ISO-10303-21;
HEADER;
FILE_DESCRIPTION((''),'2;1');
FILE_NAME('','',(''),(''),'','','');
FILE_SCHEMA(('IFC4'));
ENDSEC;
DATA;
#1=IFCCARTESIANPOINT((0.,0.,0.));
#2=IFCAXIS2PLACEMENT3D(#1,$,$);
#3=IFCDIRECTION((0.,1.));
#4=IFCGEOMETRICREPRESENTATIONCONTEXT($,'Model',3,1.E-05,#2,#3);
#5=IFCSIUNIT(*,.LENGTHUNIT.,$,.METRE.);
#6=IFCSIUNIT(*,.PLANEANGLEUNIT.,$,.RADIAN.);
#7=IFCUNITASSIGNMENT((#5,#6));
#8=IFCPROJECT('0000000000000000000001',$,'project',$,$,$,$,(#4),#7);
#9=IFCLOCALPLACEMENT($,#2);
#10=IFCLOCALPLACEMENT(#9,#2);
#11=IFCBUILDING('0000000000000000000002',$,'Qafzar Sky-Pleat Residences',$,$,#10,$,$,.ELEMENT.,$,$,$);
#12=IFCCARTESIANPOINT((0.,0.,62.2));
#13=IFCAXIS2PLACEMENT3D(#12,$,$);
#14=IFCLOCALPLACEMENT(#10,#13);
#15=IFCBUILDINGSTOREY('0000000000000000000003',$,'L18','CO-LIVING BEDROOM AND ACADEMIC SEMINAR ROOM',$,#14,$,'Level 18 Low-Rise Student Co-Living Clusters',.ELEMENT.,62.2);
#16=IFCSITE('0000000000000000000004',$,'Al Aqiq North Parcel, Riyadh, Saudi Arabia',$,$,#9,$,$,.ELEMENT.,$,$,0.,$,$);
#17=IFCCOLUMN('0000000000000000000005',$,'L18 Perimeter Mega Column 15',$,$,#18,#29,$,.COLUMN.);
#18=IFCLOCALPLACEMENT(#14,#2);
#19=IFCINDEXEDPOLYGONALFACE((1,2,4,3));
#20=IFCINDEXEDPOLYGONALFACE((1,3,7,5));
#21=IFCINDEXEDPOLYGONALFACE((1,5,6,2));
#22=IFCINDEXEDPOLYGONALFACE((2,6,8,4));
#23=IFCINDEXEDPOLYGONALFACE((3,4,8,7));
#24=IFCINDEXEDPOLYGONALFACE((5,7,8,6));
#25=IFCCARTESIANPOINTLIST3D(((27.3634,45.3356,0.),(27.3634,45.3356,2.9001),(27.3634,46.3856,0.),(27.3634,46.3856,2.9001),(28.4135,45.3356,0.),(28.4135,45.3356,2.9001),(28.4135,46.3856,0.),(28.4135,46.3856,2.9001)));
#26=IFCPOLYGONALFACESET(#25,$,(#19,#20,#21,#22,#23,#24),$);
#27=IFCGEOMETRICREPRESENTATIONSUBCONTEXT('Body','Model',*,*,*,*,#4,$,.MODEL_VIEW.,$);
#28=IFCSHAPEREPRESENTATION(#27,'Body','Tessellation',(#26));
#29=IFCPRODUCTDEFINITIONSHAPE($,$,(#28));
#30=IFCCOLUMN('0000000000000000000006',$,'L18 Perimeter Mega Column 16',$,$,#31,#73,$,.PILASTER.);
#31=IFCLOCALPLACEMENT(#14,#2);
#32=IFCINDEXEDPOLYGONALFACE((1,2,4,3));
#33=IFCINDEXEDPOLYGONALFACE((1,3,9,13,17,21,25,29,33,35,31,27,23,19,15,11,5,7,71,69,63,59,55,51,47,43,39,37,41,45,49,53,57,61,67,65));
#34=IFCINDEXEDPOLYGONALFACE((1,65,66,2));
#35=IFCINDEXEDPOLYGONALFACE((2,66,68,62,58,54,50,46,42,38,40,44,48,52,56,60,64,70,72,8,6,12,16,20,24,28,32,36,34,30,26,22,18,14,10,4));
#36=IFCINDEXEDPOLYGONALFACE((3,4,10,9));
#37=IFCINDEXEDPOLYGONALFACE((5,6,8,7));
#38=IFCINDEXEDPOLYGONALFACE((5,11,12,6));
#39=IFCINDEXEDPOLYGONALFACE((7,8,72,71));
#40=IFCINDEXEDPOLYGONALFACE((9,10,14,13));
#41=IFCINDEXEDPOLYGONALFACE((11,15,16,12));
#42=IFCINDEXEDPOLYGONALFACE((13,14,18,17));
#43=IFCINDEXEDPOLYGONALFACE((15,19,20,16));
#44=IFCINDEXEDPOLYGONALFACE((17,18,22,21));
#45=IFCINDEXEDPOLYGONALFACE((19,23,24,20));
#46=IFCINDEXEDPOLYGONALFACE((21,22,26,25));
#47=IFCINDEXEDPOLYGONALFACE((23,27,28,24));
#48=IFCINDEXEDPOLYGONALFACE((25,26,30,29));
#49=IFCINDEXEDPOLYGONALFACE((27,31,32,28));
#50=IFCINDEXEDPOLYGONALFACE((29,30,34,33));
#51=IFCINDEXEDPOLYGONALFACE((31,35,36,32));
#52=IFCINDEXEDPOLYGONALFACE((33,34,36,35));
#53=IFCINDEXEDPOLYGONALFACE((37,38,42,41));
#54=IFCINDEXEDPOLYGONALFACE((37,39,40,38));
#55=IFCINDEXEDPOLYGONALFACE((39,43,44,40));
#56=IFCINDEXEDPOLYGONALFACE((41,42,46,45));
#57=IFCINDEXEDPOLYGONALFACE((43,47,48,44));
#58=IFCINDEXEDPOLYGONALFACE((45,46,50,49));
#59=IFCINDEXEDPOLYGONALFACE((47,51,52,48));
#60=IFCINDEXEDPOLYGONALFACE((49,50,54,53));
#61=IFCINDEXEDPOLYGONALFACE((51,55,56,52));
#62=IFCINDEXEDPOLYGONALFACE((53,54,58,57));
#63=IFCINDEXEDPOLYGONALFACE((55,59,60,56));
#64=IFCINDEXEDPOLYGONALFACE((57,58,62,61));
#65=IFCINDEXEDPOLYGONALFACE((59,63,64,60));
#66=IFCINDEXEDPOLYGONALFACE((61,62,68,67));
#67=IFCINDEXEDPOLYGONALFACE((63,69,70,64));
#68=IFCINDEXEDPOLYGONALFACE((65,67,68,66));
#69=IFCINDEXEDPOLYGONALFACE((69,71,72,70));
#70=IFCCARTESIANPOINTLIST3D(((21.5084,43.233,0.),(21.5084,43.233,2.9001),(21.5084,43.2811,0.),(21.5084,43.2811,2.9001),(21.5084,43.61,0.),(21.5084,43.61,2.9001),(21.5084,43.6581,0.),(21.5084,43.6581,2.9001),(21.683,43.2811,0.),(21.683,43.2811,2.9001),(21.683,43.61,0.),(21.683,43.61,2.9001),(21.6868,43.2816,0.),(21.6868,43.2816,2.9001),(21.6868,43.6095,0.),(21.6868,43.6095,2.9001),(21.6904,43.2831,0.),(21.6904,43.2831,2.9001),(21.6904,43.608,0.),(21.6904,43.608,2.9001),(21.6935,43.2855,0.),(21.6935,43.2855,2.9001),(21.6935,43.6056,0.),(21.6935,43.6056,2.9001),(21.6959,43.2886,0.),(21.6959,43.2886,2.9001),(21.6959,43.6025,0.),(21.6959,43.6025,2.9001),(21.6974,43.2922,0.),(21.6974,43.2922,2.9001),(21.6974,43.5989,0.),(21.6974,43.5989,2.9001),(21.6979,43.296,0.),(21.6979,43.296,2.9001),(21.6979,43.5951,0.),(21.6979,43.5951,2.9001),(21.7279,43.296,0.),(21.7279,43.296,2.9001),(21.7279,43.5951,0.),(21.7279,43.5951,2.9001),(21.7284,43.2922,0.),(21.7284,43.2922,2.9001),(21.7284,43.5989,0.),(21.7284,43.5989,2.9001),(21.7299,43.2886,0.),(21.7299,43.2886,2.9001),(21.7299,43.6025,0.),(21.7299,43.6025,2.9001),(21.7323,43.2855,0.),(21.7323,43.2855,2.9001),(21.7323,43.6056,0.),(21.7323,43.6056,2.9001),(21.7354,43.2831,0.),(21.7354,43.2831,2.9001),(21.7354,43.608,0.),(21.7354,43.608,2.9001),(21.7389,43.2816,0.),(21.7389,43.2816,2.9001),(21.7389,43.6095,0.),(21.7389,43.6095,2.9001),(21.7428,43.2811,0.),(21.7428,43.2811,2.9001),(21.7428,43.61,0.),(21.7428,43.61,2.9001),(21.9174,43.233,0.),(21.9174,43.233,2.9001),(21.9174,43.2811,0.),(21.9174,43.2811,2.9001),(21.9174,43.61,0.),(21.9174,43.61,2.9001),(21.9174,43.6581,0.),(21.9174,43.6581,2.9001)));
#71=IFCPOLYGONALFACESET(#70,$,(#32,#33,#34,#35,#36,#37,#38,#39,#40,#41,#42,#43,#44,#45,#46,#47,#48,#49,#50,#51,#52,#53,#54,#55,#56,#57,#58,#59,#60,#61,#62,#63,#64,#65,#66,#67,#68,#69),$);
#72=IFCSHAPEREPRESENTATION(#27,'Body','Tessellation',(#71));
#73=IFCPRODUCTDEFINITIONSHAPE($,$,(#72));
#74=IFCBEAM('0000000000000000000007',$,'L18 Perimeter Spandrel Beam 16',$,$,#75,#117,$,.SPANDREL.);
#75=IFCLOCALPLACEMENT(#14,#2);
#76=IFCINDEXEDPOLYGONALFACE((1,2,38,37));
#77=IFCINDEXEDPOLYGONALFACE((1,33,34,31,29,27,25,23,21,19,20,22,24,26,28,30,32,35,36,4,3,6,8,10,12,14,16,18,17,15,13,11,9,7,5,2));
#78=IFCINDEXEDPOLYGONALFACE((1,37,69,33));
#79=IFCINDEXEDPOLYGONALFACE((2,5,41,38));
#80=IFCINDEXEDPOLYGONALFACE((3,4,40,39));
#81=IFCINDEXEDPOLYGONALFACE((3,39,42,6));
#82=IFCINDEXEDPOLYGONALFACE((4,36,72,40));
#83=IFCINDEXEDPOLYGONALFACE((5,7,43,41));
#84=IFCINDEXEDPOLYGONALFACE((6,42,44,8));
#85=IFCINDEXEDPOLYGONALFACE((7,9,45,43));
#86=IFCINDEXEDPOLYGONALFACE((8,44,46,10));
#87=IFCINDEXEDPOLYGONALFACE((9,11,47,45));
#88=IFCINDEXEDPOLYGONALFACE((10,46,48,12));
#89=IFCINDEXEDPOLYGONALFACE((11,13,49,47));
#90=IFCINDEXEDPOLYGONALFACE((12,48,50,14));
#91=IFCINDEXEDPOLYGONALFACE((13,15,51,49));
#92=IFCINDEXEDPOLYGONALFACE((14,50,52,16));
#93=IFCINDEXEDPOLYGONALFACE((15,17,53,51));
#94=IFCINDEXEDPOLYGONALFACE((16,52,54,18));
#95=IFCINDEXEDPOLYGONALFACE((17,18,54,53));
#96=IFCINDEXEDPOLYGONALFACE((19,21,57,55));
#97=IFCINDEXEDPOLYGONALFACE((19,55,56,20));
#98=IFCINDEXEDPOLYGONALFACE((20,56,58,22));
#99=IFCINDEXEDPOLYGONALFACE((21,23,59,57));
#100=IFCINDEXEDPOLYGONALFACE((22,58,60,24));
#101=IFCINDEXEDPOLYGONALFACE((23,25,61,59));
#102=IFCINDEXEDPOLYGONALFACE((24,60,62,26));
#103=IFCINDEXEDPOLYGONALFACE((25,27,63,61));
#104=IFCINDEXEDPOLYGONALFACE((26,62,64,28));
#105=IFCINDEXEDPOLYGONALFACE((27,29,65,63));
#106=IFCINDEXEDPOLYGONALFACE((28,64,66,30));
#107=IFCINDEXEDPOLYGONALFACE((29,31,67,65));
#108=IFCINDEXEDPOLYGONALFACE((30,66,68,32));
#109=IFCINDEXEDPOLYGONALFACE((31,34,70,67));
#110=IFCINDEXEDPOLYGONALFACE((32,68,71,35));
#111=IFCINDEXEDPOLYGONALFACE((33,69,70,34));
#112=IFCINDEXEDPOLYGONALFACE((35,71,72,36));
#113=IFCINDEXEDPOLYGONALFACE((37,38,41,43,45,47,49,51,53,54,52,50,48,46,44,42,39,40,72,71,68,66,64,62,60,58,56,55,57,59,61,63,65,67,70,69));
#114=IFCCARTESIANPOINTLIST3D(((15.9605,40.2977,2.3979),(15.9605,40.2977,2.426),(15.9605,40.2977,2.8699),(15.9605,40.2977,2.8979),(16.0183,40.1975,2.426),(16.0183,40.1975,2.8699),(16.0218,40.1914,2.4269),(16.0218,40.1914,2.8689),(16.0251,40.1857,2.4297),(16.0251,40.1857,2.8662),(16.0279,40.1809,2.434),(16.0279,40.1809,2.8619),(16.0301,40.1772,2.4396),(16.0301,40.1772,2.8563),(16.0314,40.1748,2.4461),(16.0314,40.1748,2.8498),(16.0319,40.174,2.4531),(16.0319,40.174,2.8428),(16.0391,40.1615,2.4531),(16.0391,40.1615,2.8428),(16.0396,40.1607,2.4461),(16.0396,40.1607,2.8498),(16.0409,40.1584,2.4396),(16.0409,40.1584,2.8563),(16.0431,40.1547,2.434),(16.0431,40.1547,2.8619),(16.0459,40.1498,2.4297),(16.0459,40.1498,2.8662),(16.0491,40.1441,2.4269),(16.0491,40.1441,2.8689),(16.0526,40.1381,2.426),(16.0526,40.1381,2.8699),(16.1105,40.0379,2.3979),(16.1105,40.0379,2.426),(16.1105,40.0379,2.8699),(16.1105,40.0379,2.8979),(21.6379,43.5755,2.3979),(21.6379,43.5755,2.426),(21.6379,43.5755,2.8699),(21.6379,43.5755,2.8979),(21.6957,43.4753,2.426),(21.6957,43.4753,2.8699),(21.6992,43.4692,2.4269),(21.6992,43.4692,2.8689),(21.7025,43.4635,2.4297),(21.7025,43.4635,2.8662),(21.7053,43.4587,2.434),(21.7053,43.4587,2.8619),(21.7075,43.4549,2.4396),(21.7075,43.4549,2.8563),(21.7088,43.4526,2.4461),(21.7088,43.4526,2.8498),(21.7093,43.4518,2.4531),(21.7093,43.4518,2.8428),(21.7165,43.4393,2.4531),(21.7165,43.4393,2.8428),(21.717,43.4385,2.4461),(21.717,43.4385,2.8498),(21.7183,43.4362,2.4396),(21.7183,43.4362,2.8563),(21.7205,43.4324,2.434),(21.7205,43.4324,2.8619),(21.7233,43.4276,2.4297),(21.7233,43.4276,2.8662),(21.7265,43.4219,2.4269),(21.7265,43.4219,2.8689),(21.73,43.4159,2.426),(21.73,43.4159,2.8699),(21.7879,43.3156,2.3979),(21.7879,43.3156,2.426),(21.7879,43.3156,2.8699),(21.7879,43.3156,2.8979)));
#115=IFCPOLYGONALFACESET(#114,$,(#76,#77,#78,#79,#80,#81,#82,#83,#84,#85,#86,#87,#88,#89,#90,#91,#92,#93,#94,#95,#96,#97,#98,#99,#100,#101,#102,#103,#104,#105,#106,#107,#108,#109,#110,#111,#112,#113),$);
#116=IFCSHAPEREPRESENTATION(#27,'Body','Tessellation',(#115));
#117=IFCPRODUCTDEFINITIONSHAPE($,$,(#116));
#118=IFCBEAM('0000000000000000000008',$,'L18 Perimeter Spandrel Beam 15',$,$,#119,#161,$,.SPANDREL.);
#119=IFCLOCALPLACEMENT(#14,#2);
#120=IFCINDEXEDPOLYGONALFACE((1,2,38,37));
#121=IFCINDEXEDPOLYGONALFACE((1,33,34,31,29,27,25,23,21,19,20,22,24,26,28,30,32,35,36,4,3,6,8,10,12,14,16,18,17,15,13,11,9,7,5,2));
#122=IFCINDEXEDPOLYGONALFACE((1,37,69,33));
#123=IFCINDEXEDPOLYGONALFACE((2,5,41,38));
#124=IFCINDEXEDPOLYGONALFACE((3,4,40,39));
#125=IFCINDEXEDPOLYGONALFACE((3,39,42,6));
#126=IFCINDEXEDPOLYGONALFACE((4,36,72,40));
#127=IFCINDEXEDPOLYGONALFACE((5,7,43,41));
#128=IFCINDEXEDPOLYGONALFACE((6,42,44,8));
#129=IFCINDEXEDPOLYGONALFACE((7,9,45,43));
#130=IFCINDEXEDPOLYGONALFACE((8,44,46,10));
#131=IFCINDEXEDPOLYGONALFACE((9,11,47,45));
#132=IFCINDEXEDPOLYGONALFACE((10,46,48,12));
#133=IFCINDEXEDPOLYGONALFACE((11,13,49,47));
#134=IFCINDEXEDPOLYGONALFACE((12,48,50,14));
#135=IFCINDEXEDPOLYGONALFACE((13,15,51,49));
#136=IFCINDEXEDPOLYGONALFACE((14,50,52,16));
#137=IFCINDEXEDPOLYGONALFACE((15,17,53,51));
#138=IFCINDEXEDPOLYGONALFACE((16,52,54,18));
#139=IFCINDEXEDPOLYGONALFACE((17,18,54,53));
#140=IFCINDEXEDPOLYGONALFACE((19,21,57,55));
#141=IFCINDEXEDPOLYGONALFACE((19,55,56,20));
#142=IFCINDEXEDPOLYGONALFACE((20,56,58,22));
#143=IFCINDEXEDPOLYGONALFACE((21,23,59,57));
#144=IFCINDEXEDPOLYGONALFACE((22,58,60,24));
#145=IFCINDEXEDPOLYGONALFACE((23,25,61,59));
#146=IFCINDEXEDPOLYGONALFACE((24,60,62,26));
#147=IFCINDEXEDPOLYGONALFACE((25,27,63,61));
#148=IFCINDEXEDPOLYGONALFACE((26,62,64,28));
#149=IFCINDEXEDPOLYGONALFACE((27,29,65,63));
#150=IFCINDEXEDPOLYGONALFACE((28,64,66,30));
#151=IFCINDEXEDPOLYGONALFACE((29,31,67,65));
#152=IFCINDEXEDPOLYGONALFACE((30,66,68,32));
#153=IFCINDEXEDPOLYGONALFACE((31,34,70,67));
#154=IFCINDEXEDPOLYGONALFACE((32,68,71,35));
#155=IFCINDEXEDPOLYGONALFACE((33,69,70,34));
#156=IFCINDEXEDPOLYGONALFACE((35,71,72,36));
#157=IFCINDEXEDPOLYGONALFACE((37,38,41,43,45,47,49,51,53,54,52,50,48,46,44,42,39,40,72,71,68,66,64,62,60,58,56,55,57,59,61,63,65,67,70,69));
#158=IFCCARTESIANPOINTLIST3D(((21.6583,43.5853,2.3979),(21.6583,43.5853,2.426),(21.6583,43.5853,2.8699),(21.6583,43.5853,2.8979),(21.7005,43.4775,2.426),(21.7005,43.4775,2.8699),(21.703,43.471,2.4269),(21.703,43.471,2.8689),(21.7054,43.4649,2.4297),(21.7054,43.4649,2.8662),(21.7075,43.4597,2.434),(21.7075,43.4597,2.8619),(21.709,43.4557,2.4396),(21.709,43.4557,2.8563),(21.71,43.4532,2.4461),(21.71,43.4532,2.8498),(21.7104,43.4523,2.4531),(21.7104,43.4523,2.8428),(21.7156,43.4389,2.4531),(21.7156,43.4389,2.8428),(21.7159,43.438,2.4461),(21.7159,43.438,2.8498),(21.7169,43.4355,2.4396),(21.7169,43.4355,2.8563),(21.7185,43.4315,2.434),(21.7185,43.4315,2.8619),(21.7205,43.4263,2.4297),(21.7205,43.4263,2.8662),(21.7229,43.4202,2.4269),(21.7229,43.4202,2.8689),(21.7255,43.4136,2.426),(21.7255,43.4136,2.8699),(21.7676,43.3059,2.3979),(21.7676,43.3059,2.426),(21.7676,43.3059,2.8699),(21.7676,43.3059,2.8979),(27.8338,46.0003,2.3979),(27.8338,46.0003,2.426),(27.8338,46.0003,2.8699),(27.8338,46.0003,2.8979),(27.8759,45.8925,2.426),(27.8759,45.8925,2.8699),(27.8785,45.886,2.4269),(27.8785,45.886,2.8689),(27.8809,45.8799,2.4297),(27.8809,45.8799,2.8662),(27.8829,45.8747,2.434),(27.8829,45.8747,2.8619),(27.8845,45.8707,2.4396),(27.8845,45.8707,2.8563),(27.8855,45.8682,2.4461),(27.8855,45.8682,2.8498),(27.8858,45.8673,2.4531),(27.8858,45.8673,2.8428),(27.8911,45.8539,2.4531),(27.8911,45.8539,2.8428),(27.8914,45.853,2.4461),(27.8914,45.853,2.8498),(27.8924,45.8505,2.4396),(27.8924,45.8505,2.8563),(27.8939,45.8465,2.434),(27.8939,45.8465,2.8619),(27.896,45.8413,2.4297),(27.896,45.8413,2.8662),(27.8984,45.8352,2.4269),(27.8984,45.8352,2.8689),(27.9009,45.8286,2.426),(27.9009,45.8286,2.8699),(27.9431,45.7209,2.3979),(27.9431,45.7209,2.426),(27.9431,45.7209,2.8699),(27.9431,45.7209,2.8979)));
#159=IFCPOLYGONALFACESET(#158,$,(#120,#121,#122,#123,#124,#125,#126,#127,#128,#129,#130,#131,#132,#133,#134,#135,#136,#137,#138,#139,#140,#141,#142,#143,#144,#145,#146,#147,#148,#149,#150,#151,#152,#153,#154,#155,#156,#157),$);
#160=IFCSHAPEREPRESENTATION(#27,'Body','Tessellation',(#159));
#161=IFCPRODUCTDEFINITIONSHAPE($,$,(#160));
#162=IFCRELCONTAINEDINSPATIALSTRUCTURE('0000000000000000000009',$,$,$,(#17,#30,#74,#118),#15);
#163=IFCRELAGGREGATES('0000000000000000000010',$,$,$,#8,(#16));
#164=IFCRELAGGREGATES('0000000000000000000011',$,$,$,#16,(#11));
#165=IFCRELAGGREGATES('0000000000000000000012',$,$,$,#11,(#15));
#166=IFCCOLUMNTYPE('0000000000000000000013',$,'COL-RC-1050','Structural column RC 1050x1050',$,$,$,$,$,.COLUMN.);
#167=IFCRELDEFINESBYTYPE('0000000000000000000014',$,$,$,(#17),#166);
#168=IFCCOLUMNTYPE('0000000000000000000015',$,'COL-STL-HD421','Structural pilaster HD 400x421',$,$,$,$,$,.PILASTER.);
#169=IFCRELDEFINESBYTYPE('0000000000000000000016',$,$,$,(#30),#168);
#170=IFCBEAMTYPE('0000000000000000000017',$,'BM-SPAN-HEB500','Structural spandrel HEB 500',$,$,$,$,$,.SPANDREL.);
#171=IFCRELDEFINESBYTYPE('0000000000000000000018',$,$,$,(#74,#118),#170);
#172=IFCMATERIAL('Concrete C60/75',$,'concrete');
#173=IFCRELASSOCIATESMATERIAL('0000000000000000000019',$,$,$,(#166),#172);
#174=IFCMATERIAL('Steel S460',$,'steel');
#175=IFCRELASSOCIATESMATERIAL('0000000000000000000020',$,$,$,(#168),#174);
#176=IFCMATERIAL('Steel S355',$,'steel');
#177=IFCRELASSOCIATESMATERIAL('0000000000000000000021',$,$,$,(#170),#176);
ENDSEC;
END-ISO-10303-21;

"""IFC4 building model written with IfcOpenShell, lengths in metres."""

from ifc_helpers import new_model, si_unit, direction, frame, origin, origin_2d, place, context, subcontext, project, spatial, rectangle, i_section, extrude, source, transform, mapped, material, material_profile, profile_set, type_object, element, save


model = new_model("IFC4")

# Units and contexts
model_context = context("Model", 3, precision=1e-05, world=origin(), true_north=direction((0.0, 1.0)))
body_context = subcontext(model_context, "Body", "Model", "MODEL_VIEW")
ifc_project = project(units=[si_unit("LENGTHUNIT", "METRE"), si_unit("PLANEANGLEUNIT", "RADIAN")], contexts=[model_context])

# Site, building, storey
site_placement = place(None, origin())
site = spatial("IfcSite", under=ifc_project, at=site_placement, Name="Al Aqiq North Parcel, Riyadh, Saudi Arabia", CompositionType="ELEMENT", RefElevation=0.0)
building_placement = place(site_placement, origin())
building = spatial("IfcBuilding", under=site, at=building_placement, Name="Qafzar Sky-Pleat Residences", CompositionType="ELEMENT")
storey_placement = place(building_placement, frame((0.0, 0.0, 62.2)))
storey = spatial("IfcBuildingStorey", under=building, at=storey_placement, Name="L18", Description="CO-LIVING BEDROOM AND ACADEMIC SEMINAR ROOM", LongName="Level 18 Low-Rise Student Co-Living Clusters", CompositionType="ELEMENT", Elevation=62.2)

# Columns
ifc_material_1 = material(Name="Concrete C60/75", Category="concrete")
ifc_material_profile_1 = material_profile(ifc_material_1, rectangle(XDim=1.05, YDim=1.05, at=origin_2d()), Name="RC 1050x1050")
ifc_profile_set_1 = profile_set([ifc_material_profile_1], Name="Concrete C60/75")
column_type_1 = type_object("IfcColumnType", Name="COL-RC-1050", Description="Structural column RC 1050x1050", PredefinedType="COLUMN", material=ifc_profile_set_1)
shared_shape_1 = source(origin(), body_context, "Body", "SweptSolid", [
    extrude(rectangle(XDim=1.05, YDim=1.05, at=origin_2d()), origin(), (0.0, 0.0, 1.0), 2.9001),
])
column_1_placement = place(storey_placement, frame((27.8884, 45.8606, 0.0), z_axis=(0.0, 0.0, 1.0), x_axis=(1.0, 0.0, 0.0)))
element("IfcColumn", 1, at=column_1_placement, inside=storey, type_object=column_type_1, Name="L18 Perimeter Mega Column 15", PredefinedType="COLUMN", context=body_context, shape_type="MappedRepresentation", body=[
    mapped(shared_shape_1, transform((0.0, 0.0, 0.0), x_axis=(1.0, 0.0, 0.0), y_axis=(0.0, 1.0, 0.0), z_axis=(0.0, 0.0, 1.0), scale=1.0)),
])
ifc_material_2 = material(Name="Steel S460", Category="steel")
ifc_material_profile_2 = material_profile(ifc_material_2, i_section(OverallWidth=0.4089, OverallDepth=0.425, WebThickness=0.03, FlangeThickness=0.0481, FilletRadius=0.0149, at=origin_2d()), Name="HD 400x421")
ifc_profile_set_2 = profile_set([ifc_material_profile_2], Name="Steel S460")
column_type_2 = type_object("IfcColumnType", Name="COL-STL-HD421", Description="Structural pilaster HD 400x421", PredefinedType="PILASTER", material=ifc_profile_set_2)
shared_shape_2 = source(origin(), body_context, "Body", "SweptSolid", [
    extrude(i_section(OverallWidth=0.4089, OverallDepth=0.425, WebThickness=0.03, FlangeThickness=0.0481, FilletRadius=0.0149, at=origin_2d()), origin(), (0.0, 0.0, 1.0), 2.9001),
])
column_2_placement = place(storey_placement, frame((21.7129, 43.4456, 0.0), z_axis=(0.0, 0.0, 1.0), x_axis=(1.0, 0.0, 0.0)))
element("IfcColumn", 2, at=column_2_placement, inside=storey, type_object=column_type_2, Name="L18 Perimeter Mega Column 16", PredefinedType="PILASTER", context=body_context, shape_type="MappedRepresentation", body=[
    mapped(shared_shape_2, transform((0.0, 0.0, 0.0), x_axis=(1.0, 0.0, 0.0), y_axis=(0.0, 1.0, 0.0), z_axis=(0.0, 0.0, 1.0), scale=1.0)),
])

# Beams
ifc_material_3 = material(Name="Steel S355", Category="steel")
ifc_material_profile_3 = material_profile(ifc_material_3, i_section(OverallWidth=0.3, OverallDepth=0.5, WebThickness=0.0144, FlangeThickness=0.0281, FilletRadius=0.0271, at=origin_2d()), Name="HEB 500")
ifc_profile_set_3 = profile_set([ifc_material_profile_3], Name="Steel S355")
beam_type_1 = type_object("IfcBeamType", Name="BM-SPAN-HEB500", Description="Structural spandrel HEB 500", PredefinedType="SPANDREL", material=ifc_profile_set_3)
shared_shape_3 = source(origin(), body_context, "Body", "SweptSolid", [
    extrude(i_section(OverallWidth=0.3, OverallDepth=0.5, WebThickness=0.0144, FlangeThickness=0.0281, FilletRadius=0.0271, at=origin_2d()), origin(), (0.0, 0.0, 1.0), 6.5557),
])
beam_1_placement = place(storey_placement, frame((21.7129, 43.4456, 2.6479), z_axis=(-0.86603, -0.499992, 0.0), x_axis=(0.499992, -0.86603, 0.0)))
element("IfcBeam", 3, at=beam_1_placement, inside=storey, type_object=beam_type_1, Name="L18 Perimeter Spandrel Beam 16", PredefinedType="SPANDREL", context=body_context, shape_type="MappedRepresentation", body=[
    mapped(shared_shape_3, transform((0.0, 0.0, 0.0), x_axis=(1.0, 0.0, 0.0), y_axis=(0.0, 1.0, 0.0), z_axis=(0.0, 0.0, 1.0), scale=1.0)),
])
shared_shape_4 = source(origin(), body_context, "Body", "SweptSolid", [
    extrude(i_section(OverallWidth=0.3, OverallDepth=0.5, WebThickness=0.0144, FlangeThickness=0.0281, FilletRadius=0.0271, at=origin_2d()), origin(), (0.0, 0.0, 1.0), 6.6309),
])
beam_2_placement = place(storey_placement, frame((27.8884, 45.8606, 2.6479), z_axis=(-0.931318, -0.364206, 0.0), x_axis=(0.364206, -0.931318, 0.0)))
element("IfcBeam", 4, at=beam_2_placement, inside=storey, type_object=beam_type_1, Name="L18 Perimeter Spandrel Beam 15", PredefinedType="SPANDREL", context=body_context, shape_type="MappedRepresentation", body=[
    mapped(shared_shape_4, transform((0.0, 0.0, 0.0), x_axis=(1.0, 0.0, 0.0), y_axis=(0.0, 1.0, 0.0), z_axis=(0.0, 0.0, 1.0), scale=1.0)),
])

save(model, "model.ifc")
